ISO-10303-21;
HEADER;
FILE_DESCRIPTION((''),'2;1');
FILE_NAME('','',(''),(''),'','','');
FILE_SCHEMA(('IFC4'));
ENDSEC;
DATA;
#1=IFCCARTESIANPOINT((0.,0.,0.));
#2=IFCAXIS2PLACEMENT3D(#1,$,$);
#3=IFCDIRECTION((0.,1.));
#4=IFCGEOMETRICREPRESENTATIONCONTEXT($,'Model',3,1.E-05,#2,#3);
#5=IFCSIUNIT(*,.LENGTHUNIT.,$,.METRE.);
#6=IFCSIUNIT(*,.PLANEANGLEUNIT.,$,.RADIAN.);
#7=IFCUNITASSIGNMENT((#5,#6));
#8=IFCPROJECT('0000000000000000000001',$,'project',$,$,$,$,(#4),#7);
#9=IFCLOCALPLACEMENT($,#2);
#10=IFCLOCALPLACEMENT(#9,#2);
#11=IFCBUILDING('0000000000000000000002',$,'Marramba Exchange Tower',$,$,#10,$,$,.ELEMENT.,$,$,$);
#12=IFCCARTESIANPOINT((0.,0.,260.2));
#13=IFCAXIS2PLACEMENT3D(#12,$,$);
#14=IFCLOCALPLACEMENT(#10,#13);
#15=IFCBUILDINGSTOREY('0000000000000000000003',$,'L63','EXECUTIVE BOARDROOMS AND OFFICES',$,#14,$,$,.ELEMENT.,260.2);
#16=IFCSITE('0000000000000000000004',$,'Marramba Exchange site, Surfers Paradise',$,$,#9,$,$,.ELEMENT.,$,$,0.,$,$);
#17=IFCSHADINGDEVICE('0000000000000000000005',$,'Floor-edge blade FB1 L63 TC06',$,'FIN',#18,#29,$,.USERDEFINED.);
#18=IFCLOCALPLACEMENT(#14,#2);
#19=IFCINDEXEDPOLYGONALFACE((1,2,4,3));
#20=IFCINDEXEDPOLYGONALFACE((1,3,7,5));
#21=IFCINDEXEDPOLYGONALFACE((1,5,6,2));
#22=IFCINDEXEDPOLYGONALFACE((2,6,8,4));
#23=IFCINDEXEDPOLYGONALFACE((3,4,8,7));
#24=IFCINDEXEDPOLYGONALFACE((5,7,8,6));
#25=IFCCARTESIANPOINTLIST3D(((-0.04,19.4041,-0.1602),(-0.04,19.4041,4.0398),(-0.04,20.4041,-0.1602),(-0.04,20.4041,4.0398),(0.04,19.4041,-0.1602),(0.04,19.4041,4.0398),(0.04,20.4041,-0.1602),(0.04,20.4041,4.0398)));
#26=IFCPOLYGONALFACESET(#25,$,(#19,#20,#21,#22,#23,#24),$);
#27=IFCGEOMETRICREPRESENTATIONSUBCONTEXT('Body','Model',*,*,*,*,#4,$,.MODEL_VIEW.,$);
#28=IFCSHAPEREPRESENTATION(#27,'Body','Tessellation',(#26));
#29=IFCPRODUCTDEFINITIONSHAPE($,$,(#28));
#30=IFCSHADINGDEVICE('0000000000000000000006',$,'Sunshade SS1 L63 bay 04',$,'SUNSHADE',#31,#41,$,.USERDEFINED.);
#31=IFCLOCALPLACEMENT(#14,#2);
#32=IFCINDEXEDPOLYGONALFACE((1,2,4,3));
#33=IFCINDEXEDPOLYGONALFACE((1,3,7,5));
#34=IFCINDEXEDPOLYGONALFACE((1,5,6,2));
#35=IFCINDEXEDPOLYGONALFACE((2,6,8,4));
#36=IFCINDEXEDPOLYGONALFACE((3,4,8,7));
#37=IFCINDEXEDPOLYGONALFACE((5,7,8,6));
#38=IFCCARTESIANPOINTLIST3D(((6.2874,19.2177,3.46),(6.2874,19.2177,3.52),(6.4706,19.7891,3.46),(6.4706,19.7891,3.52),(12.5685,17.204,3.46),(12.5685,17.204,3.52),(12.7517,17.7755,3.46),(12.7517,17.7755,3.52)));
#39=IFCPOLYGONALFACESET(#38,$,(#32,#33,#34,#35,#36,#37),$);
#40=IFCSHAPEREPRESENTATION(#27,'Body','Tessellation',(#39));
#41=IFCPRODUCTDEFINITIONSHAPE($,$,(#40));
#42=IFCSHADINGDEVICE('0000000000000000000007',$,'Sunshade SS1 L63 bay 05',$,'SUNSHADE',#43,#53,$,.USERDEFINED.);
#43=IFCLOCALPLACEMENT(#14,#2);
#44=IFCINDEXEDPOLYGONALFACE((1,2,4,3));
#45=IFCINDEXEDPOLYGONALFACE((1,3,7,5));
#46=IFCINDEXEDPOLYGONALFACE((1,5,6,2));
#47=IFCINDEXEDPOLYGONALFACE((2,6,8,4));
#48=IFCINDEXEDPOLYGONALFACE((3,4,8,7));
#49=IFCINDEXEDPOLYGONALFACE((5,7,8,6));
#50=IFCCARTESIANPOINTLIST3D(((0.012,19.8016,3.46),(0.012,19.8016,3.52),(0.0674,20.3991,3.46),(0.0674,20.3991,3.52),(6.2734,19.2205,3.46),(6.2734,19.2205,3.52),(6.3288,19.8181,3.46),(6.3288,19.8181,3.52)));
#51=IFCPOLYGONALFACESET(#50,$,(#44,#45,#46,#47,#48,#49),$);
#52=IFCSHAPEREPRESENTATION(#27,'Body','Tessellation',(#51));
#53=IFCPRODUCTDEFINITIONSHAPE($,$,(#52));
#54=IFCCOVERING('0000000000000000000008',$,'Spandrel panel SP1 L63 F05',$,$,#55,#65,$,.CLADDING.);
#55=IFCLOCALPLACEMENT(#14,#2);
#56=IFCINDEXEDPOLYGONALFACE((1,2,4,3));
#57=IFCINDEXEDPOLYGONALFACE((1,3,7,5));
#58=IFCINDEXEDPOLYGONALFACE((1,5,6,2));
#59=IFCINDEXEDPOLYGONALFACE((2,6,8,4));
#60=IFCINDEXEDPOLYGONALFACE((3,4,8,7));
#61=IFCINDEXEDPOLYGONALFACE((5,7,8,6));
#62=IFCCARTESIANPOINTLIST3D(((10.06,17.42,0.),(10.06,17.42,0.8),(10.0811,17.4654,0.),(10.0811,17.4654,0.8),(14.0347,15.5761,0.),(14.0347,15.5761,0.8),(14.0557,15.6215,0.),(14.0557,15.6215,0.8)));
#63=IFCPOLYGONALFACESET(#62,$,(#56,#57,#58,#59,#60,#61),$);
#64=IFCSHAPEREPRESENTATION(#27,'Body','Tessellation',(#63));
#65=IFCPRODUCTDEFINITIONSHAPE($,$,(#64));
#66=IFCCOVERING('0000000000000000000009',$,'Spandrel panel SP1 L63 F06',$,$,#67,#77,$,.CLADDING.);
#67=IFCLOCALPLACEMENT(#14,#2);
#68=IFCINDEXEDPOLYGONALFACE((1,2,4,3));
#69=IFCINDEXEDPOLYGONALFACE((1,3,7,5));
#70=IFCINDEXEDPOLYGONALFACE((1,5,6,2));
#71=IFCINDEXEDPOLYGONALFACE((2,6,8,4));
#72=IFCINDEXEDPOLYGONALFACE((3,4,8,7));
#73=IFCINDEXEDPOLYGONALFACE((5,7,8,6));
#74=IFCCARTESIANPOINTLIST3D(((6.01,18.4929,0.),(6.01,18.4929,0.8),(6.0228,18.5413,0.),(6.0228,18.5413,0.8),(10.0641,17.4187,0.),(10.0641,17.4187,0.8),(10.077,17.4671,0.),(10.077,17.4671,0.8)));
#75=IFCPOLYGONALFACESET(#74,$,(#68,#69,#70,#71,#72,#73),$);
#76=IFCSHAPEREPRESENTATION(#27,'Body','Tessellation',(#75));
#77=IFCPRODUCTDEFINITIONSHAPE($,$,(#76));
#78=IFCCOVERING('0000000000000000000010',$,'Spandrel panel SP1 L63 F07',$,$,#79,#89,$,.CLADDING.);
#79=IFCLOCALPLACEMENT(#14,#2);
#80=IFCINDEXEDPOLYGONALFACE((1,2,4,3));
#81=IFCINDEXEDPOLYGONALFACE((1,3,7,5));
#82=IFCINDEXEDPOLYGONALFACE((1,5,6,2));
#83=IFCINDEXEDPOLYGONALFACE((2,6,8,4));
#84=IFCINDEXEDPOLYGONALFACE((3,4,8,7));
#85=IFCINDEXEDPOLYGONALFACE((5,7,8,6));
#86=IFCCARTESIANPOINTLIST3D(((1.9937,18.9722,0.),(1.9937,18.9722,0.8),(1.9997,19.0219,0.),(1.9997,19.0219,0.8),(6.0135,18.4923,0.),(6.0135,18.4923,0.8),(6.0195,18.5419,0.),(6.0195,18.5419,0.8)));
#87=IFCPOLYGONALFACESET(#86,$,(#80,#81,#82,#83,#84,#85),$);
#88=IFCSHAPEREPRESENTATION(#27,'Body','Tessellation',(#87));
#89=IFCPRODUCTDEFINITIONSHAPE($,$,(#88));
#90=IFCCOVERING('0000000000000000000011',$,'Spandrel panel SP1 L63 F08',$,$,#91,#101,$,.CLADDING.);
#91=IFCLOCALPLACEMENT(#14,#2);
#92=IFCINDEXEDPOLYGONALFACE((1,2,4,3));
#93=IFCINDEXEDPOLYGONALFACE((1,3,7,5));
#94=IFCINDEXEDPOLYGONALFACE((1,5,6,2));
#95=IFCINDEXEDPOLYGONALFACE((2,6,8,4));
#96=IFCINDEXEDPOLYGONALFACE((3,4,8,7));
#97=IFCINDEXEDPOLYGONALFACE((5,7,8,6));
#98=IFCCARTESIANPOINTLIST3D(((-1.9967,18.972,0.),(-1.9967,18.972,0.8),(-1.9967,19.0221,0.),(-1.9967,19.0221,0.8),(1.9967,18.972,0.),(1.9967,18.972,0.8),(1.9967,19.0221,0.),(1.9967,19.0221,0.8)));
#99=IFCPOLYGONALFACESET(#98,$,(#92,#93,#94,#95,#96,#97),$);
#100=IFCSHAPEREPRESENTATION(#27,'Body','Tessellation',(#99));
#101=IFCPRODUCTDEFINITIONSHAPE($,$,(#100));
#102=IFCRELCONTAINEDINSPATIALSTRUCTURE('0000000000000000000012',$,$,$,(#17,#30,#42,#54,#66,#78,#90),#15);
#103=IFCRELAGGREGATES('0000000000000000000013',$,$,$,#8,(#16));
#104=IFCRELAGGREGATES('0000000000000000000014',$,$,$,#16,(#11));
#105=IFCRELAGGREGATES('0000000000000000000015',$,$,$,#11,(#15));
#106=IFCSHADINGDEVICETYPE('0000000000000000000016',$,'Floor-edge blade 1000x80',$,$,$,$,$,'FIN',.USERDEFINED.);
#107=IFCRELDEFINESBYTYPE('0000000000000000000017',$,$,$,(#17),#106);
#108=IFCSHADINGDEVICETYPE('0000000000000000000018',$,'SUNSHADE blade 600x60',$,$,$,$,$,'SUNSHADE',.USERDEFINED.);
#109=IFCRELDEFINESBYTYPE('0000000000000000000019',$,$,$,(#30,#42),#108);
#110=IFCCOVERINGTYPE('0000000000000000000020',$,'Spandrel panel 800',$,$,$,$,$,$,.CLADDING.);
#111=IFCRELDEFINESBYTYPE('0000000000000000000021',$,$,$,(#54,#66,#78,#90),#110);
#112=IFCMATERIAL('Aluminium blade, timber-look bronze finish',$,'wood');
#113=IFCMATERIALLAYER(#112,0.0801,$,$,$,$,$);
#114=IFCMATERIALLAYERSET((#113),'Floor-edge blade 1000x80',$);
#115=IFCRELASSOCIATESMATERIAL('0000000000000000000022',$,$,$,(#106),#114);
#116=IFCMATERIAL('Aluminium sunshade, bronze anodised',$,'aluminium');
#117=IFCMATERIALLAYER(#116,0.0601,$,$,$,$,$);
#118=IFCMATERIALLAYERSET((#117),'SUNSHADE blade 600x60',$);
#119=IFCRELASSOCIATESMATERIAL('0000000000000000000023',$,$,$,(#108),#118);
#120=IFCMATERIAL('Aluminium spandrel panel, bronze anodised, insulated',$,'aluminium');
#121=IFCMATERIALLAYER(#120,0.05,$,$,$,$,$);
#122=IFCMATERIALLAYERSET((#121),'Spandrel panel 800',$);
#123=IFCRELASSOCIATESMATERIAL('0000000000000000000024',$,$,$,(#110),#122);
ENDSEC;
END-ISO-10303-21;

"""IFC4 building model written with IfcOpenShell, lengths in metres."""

from ifc_helpers import new_model, si_unit, direction, frame, origin, origin_2d, place, context, subcontext, project, spatial, rectangle, extrude, material, layer, layer_set, type_object, element, save


model = new_model("IFC4")

# Units and contexts
model_context = context("Model", 3, precision=1e-05, world=origin(), true_north=direction((0.0, 1.0)))
body_context = subcontext(model_context, "Body", "Model", "MODEL_VIEW")
ifc_project = project(units=[si_unit("LENGTHUNIT", "METRE"), si_unit("PLANEANGLEUNIT", "RADIAN")], contexts=[model_context])

# Site, building, storey
site_placement = place(None, origin())
site = spatial("IfcSite", under=ifc_project, at=site_placement, Name="Marramba Exchange site, Surfers Paradise", CompositionType="ELEMENT", RefElevation=0.0)
building_placement = place(site_placement, origin())
building = spatial("IfcBuilding", under=site, at=building_placement, Name="Marramba Exchange Tower", CompositionType="ELEMENT")
storey_placement = place(building_placement, frame((0.0, 0.0, 260.2)))
storey = spatial("IfcBuildingStorey", under=building, at=storey_placement, Name="L63", Description="EXECUTIVE BOARDROOMS AND OFFICES", CompositionType="ELEMENT", Elevation=260.2)

# Shading devices
ifc_material_1 = material(Name="Aluminium blade, timber-look bronze finish", Category="wood")
ifc_layer_1 = layer(ifc_material_1, 0.0801)
ifc_layer_set_1 = layer_set([ifc_layer_1], Name="Floor-edge blade 1000x80")
shading_device_type_1 = type_object("IfcShadingDeviceType", Name="Floor-edge blade 1000x80", ElementType="FIN", PredefinedType="USERDEFINED", material=ifc_layer_set_1)
for number, where, z_axis, x_axis, name in (
    (1, (0.0, 19.9041, -0.1602), (0.0, 0.0, 1.0), (0.0, 1.0, 0.0), "Floor-edge blade FB1 L63 TC06"),
):
    element("IfcShadingDevice", number, at=place(storey_placement, frame(where, z_axis=z_axis, x_axis=x_axis)), inside=storey, type_object=shading_device_type_1, Name=name, ObjectType="FIN", PredefinedType="USERDEFINED", context=body_context, shape_type="SweptSolid", body=[
        extrude(rectangle(XDim=1.0, YDim=0.0801, at=origin_2d()), origin(), (0.0, 0.0, 1.0), 4.2),
    ])
ifc_material_2 = material(Name="Aluminium sunshade, bronze anodised", Category="aluminium")
ifc_layer_2 = layer(ifc_material_2, 0.0601)
ifc_layer_set_2 = layer_set([ifc_layer_2], Name="SUNSHADE blade 600x60")
shading_device_type_2 = type_object("IfcShadingDeviceType", Name="SUNSHADE blade 600x60", ElementType="SUNSHADE", PredefinedType="USERDEFINED", material=ifc_layer_set_2)
shading_device_1_placement = place(storey_placement, frame((9.5195, 18.4966, 3.46), z_axis=(0.0, 0.0, 1.0), x_axis=(-0.95226, 0.305289, 0.0)))
element("IfcShadingDevice", 2, at=shading_device_1_placement, inside=storey, type_object=shading_device_type_2, Name="Sunshade SS1 L63 bay 04", ObjectType="SUNSHADE", PredefinedType="USERDEFINED", context=body_context, shape_type="SweptSolid", body=[
    extrude(rectangle(XDim=6.5959, YDim=0.6001, at=origin_2d()), origin(), (0.0, 0.0, 1.0), 0.0601),
])
shading_device_2_placement = place(storey_placement, frame((3.1704, 19.8098, 3.46), z_axis=(0.0, 0.0, 1.0), x_axis=(-0.995722, 0.092397, 0.0)))
element("IfcShadingDevice", 3, at=shading_device_2_placement, inside=storey, type_object=shading_device_type_2, Name="Sunshade SS1 L63 bay 05", ObjectType="SUNSHADE", PredefinedType="USERDEFINED", context=body_context, shape_type="SweptSolid", body=[
    extrude(rectangle(XDim=6.2883, YDim=0.6001, at=origin_2d()), origin(), (0.0, 0.0, 1.0), 0.0601),
])

# Coverings
ifc_material_3 = material(Name="Aluminium spandrel panel, bronze anodised, insulated", Category="aluminium")
ifc_layer_3 = layer(ifc_material_3, 0.05)
ifc_layer_set_3 = layer_set([ifc_layer_3], Name="Spandrel panel 800")
covering_type = type_object("IfcCoveringType", Name="Spandrel panel 800", PredefinedType="CLADDING", material=ifc_layer_set_3)
covering_1_placement = place(storey_placement, frame((12.0579, 16.5208, 0.0), z_axis=(0.0, 0.0, 1.0), x_axis=(-0.907131, 0.420849, 0.0)))
element("IfcCovering", 4, at=covering_1_placement, inside=storey, type_object=covering_type, Name="Spandrel panel SP1 L63 F05", PredefinedType="CLADDING", context=body_context, shape_type="SweptSolid", body=[
    extrude(rectangle(XDim=4.3816, YDim=0.05, at=origin_2d()), origin(), (0.0, 0.0, 1.0), 0.8),
])
covering_2_placement = place(storey_placement, frame((8.0435, 17.98, 0.0), z_axis=(0.0, 0.0, 1.0), x_axis=(-0.966644, 0.256126, 0.0)))
element("IfcCovering", 5, at=covering_2_placement, inside=storey, type_object=covering_type, Name="Spandrel panel SP1 L63 F06", PredefinedType="CLADDING", context=body_context, shape_type="SweptSolid", body=[
    extrude(rectangle(XDim=4.1941, YDim=0.05, at=origin_2d()), origin(), (0.0, 0.0, 1.0), 0.8),
])
covering_3_placement = place(storey_placement, frame((4.0066, 18.7571, 0.0), z_axis=(0.0, 0.0, 1.0), x_axis=(-0.992947, 0.118557, 0.0)))
element("IfcCovering", 6, at=covering_3_placement, inside=storey, type_object=covering_type, Name="Spandrel panel SP1 L63 F07", PredefinedType="CLADDING", context=body_context, shape_type="SweptSolid", body=[
    extrude(rectangle(XDim=4.0483, YDim=0.05, at=origin_2d()), origin(), (0.0, 0.0, 1.0), 0.8),
])
covering_4_placement = place(storey_placement, frame((0.0, 18.9971, 0.0), z_axis=(0.0, 0.0, 1.0), x_axis=(-1.0, 0.0, 0.0)))
element("IfcCovering", 7, at=covering_4_placement, inside=storey, type_object=covering_type, Name="Spandrel panel SP1 L63 F08", PredefinedType="CLADDING", context=body_context, shape_type="SweptSolid", body=[
    extrude(rectangle(XDim=3.9934, YDim=0.05, at=origin_2d()), origin(), (0.0, 0.0, 1.0), 0.8),
])

save(model, "model.ifc")
